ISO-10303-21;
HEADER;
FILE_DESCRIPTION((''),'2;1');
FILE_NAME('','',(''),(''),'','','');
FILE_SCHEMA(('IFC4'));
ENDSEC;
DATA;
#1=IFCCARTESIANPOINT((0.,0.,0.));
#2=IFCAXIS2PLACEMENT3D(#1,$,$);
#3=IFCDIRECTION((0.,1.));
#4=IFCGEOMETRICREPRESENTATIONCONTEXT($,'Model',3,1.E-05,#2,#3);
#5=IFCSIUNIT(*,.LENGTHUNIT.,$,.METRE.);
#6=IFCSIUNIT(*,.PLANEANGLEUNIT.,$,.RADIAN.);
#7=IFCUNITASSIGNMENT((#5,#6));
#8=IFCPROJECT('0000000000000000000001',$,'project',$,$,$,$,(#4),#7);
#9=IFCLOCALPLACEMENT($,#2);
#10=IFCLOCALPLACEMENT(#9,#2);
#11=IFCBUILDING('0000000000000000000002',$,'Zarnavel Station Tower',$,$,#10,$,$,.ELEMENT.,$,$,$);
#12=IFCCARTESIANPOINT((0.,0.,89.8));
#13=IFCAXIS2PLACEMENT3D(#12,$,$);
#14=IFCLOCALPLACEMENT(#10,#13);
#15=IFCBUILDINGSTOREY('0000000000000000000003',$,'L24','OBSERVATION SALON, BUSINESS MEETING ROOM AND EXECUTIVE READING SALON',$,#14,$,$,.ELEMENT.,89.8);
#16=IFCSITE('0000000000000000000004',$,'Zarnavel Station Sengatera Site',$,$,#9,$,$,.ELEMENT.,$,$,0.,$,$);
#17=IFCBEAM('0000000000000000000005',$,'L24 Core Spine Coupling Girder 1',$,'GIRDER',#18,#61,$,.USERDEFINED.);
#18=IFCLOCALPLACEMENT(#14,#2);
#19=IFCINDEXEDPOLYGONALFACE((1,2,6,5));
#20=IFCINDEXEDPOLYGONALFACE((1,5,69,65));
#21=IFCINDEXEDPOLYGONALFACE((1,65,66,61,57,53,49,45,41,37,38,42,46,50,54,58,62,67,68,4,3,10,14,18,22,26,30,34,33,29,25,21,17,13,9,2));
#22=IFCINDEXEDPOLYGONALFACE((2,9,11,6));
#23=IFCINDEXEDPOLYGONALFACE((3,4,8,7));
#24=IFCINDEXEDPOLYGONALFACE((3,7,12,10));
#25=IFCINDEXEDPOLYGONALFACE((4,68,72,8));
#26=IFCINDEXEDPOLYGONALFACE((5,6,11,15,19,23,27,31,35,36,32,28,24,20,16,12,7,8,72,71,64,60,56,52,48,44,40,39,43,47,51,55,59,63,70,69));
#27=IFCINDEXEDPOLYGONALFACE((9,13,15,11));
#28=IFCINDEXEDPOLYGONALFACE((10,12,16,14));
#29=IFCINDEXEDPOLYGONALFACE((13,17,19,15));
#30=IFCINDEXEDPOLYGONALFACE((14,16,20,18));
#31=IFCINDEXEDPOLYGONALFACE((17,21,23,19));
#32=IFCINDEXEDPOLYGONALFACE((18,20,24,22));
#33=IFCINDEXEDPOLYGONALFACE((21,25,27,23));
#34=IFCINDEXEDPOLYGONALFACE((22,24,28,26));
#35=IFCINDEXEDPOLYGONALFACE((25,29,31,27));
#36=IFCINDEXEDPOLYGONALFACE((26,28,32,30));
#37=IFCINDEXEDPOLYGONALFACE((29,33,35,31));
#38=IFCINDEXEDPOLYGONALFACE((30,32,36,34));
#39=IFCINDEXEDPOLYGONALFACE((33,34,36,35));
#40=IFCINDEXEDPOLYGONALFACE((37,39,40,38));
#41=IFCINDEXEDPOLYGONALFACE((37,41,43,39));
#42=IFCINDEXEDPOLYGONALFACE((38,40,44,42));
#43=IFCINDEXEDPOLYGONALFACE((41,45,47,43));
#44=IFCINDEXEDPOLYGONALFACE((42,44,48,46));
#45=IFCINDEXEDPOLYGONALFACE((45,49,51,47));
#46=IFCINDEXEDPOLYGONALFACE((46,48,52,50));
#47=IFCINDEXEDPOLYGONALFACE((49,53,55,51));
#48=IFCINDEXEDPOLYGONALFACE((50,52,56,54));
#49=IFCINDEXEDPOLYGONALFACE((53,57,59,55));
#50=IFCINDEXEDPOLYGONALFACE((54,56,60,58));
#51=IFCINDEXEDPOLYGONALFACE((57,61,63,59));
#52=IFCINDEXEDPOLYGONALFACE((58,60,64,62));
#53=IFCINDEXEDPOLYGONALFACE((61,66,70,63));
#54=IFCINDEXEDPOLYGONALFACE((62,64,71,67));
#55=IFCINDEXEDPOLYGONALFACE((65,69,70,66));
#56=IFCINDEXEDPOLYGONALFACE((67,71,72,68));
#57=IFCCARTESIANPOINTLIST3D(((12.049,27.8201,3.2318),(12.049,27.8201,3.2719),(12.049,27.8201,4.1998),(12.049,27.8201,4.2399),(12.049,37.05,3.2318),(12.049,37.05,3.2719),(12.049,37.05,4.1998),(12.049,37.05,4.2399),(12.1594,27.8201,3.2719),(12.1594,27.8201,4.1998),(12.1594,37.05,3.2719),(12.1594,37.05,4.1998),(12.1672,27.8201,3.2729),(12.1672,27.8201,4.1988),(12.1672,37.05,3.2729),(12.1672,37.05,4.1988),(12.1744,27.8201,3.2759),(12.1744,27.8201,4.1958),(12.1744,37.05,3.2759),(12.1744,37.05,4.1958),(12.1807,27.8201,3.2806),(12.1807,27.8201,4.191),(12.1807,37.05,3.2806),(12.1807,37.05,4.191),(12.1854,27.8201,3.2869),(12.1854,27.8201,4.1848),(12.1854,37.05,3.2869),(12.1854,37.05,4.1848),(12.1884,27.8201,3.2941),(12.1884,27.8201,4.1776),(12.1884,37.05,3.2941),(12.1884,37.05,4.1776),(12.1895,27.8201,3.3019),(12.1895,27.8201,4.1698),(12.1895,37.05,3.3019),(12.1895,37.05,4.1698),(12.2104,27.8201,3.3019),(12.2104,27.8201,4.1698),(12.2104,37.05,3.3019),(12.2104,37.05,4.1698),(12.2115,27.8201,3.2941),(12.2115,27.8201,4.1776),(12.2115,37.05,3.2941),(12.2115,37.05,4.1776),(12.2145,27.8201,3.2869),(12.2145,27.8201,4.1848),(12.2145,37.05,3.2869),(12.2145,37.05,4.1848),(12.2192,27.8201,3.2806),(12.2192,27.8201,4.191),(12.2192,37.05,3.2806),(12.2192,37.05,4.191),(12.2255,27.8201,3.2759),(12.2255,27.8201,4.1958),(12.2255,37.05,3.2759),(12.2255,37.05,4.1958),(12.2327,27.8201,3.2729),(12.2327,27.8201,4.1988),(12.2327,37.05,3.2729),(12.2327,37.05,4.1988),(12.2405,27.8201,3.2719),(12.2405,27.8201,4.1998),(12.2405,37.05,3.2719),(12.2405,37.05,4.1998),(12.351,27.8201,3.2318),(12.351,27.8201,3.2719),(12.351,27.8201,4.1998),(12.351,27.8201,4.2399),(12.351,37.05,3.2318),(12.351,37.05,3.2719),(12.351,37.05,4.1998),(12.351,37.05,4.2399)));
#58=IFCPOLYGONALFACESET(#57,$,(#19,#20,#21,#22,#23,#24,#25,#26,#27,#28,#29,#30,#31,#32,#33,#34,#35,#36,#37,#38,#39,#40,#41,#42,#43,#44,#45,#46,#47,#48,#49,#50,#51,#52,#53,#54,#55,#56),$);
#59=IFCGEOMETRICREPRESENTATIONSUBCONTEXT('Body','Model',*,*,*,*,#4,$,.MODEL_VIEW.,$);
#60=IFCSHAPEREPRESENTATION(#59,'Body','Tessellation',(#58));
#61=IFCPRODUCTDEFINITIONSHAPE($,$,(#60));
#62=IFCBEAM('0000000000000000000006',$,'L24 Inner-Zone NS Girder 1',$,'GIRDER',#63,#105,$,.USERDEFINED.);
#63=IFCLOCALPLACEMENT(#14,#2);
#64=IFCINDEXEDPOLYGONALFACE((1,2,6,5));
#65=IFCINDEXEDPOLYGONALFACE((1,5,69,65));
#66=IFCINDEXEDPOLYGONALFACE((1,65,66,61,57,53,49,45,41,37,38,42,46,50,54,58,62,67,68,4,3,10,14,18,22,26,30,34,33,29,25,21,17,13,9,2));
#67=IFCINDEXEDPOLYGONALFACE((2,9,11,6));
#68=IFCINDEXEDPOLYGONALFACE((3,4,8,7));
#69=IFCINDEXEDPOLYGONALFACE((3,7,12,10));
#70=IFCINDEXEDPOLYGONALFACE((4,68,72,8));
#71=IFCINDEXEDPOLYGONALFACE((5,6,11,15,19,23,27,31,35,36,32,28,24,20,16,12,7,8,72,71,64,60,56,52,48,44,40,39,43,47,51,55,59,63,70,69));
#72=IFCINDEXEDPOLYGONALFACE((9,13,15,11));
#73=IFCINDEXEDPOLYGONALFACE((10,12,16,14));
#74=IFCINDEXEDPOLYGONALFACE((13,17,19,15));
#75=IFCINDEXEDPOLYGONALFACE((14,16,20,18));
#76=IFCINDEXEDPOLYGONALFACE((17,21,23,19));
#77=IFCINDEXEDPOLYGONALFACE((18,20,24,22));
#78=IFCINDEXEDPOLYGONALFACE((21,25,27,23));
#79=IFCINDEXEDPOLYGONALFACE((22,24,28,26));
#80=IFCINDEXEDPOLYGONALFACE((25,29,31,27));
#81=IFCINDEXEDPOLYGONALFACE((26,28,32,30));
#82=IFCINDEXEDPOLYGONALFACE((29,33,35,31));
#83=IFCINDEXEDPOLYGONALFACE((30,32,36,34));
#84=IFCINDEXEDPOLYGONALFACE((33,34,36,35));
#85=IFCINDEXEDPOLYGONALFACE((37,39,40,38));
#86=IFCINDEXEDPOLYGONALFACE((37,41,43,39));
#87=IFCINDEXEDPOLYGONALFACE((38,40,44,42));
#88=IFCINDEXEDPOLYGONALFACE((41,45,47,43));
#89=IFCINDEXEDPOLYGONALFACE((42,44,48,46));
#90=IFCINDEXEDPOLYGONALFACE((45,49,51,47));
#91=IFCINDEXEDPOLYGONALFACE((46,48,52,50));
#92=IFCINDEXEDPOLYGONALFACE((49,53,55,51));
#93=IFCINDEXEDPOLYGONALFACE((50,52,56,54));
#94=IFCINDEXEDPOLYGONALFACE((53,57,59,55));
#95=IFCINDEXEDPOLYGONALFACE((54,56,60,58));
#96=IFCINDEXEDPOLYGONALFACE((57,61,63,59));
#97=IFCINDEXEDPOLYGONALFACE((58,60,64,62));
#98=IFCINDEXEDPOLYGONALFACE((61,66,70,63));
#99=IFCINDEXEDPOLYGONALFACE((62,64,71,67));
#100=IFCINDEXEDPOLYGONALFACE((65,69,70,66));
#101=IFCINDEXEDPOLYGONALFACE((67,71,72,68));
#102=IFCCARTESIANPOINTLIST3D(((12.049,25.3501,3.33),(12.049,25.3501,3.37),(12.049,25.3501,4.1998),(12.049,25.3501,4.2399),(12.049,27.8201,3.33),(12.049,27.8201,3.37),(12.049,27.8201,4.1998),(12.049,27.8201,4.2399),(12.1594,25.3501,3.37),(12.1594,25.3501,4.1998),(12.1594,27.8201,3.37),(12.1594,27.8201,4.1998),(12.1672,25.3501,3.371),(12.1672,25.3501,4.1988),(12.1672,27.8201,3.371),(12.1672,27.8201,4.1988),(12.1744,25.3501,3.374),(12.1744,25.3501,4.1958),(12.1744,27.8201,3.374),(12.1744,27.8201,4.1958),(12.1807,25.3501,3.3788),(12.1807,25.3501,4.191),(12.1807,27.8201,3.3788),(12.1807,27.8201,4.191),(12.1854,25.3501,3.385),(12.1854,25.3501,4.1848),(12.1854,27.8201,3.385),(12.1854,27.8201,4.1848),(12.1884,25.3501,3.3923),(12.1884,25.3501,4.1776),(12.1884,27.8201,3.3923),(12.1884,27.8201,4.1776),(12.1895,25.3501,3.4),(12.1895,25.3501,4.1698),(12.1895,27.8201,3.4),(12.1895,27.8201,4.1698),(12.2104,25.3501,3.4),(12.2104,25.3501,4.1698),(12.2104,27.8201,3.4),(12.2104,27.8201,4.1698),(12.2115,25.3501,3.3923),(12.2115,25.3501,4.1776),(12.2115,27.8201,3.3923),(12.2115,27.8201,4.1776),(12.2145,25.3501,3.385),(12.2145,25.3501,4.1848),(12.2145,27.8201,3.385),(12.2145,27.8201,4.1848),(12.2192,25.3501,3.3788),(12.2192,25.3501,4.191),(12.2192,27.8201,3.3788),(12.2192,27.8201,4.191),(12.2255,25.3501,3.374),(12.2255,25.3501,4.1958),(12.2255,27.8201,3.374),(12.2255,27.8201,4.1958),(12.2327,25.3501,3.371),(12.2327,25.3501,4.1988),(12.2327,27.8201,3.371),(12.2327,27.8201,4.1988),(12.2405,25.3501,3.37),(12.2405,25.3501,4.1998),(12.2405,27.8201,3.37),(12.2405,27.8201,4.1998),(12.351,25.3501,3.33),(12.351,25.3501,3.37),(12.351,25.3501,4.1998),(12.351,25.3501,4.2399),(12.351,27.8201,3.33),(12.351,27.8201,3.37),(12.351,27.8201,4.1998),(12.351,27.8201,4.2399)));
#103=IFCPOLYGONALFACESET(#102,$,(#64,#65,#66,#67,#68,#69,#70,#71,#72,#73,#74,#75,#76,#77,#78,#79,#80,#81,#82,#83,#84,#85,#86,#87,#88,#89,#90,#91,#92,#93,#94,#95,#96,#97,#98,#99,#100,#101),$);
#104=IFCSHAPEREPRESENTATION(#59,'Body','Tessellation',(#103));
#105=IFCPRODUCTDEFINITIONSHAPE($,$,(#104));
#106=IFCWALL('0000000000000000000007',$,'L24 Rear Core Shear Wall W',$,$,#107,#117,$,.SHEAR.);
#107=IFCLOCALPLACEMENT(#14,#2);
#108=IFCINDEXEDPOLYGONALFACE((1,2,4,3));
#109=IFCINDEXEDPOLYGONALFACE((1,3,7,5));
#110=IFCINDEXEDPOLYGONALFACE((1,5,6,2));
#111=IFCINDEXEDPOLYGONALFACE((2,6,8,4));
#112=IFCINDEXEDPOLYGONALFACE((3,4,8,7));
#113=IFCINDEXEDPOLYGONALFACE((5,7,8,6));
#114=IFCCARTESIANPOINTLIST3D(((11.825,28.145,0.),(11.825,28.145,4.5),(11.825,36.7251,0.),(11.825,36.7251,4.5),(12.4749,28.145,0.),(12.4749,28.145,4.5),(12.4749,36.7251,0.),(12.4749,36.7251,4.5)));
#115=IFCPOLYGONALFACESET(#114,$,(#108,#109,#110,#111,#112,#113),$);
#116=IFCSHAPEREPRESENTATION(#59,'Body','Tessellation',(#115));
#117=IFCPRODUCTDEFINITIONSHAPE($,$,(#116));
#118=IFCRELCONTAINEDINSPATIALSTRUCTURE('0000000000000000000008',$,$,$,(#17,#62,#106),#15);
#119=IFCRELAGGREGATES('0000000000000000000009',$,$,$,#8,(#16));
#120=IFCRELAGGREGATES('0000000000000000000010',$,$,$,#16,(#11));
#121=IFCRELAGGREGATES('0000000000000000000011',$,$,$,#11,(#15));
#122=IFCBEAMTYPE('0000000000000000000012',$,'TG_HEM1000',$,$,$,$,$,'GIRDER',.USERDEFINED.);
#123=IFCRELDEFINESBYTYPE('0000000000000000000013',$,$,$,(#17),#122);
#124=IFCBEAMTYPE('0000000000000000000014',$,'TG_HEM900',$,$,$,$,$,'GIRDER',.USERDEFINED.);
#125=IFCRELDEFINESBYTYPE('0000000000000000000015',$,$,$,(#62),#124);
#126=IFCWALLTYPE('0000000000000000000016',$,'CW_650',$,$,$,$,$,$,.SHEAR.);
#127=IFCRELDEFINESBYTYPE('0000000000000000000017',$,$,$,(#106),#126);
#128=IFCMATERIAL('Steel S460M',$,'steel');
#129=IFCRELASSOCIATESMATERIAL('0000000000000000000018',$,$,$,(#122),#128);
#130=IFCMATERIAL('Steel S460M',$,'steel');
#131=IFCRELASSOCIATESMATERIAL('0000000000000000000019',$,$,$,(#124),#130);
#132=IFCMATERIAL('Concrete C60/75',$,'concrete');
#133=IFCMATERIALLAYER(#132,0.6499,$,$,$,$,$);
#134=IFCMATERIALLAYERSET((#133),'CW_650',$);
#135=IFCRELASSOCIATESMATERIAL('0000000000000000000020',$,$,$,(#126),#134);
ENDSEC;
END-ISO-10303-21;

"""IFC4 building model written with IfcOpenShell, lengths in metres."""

from ifc_helpers import new_model, si_unit, direction, frame, frame_2d, origin, origin_2d, place, context, subcontext, project, spatial, rectangle, i_section, extrude, material, layer, layer_set, material_profile, profile_set, type_object, element, save


model = new_model("IFC4")

# Units and contexts
model_context = context("Model", 3, precision=1e-05, world=origin(), true_north=direction((0.0, 1.0)))
body_context = subcontext(model_context, "Body", "Model", "MODEL_VIEW")
ifc_project = project(units=[si_unit("LENGTHUNIT", "METRE"), si_unit("PLANEANGLEUNIT", "RADIAN")], contexts=[model_context])

# Site, building, storey
site_placement = place(None, origin())
site = spatial("IfcSite", under=ifc_project, at=site_placement, Name="Zarnavel Station Sengatera Site", CompositionType="ELEMENT", RefElevation=0.0)
building_placement = place(site_placement, origin())
building = spatial("IfcBuilding", under=site, at=building_placement, Name="Zarnavel Station Tower", CompositionType="ELEMENT")
storey_placement = place(building_placement, frame((0.0, 0.0, 89.8)))
storey = spatial("IfcBuildingStorey", under=building, at=storey_placement, Name="L24", Description="OBSERVATION SALON, BUSINESS MEETING ROOM AND EXECUTIVE READING SALON", CompositionType="ELEMENT", Elevation=89.8)

# Beams
ifc_material_1 = material(Name="Steel S460M", Category="steel")
ifc_material_profile_1 = material_profile(ifc_material_1, i_section(OverallWidth=0.302, OverallDepth=1.0081, WebThickness=0.021, FlangeThickness=0.04, FilletRadius=0.03, at=origin_2d()), Name="HEM1000")
ifc_profile_set_1 = profile_set([ifc_material_profile_1], Name="Steel S460M")
beam_type_1 = type_object("IfcBeamType", Name="TG_HEM1000", ElementType="GIRDER", PredefinedType="USERDEFINED", material=ifc_profile_set_1)
beam_1_placement = place(storey_placement, frame((12.2, 27.8201, 3.7358), z_axis=(0.0, 1.0, 0.0), x_axis=(-1.0, 0.0, 0.0)))
element("IfcBeam", 1, at=beam_1_placement, inside=storey, type_object=beam_type_1, Name="L24 Core Spine Coupling Girder 1", ObjectType="GIRDER", PredefinedType="USERDEFINED", context=body_context, shape_type="SweptSolid", body=[
    extrude(i_section(OverallWidth=0.302, OverallDepth=1.0081, WebThickness=0.021, FlangeThickness=0.04, FilletRadius=0.03, at=origin_2d()), origin(), (0.0, 0.0, 1.0), 9.23),
])
ifc_material_2 = material(Name="Steel S460M", Category="steel")
ifc_material_profile_2 = material_profile(ifc_material_2, i_section(OverallWidth=0.302, OverallDepth=0.9099, WebThickness=0.021, FlangeThickness=0.04, FilletRadius=0.03, at=origin_2d()), Name="HEM900")
ifc_profile_set_2 = profile_set([ifc_material_profile_2], Name="Steel S460M")
beam_type_2 = type_object("IfcBeamType", Name="TG_HEM900", ElementType="GIRDER", PredefinedType="USERDEFINED", material=ifc_profile_set_2)
beam_2_placement = place(storey_placement, frame((12.2, 25.3501, 3.7849), z_axis=(0.0, 1.0, 0.0), x_axis=(-1.0, 0.0, 0.0)))
element("IfcBeam", 2, at=beam_2_placement, inside=storey, type_object=beam_type_2, Name="L24 Inner-Zone NS Girder 1", ObjectType="GIRDER", PredefinedType="USERDEFINED", context=body_context, shape_type="SweptSolid", body=[
    extrude(i_section(OverallWidth=0.302, OverallDepth=0.9099, WebThickness=0.021, FlangeThickness=0.04, FilletRadius=0.03, at=origin_2d()), origin(), (0.0, 0.0, 1.0), 2.47),
])

# Wall
ifc_material_3 = material(Name="Concrete C60/75", Category="concrete")
ifc_layer_1 = layer(ifc_material_3, 0.6499)
ifc_layer_set_1 = layer_set([ifc_layer_1], Name="CW_650")
wall_type_1 = type_object("IfcWallType", Name="CW_650", PredefinedType="SHEAR", material=ifc_layer_set_1)
wall_1_placement = place(storey_placement, frame((12.1499, 28.145, 0.0), z_axis=(0.0, 0.0, 1.0), x_axis=(0.0, 1.0, 0.0)))
element("IfcWall", 3, at=wall_1_placement, inside=storey, type_object=wall_type_1, Name="L24 Rear Core Shear Wall W", PredefinedType="SHEAR", context=body_context, shape_type="SweptSolid", body=[
    extrude(rectangle(XDim=8.5801, YDim=0.6499, at=frame_2d((4.29, 0.0))), origin(), (0.0, 0.0, 1.0), 4.5),
])

save(model, "model.ifc")
